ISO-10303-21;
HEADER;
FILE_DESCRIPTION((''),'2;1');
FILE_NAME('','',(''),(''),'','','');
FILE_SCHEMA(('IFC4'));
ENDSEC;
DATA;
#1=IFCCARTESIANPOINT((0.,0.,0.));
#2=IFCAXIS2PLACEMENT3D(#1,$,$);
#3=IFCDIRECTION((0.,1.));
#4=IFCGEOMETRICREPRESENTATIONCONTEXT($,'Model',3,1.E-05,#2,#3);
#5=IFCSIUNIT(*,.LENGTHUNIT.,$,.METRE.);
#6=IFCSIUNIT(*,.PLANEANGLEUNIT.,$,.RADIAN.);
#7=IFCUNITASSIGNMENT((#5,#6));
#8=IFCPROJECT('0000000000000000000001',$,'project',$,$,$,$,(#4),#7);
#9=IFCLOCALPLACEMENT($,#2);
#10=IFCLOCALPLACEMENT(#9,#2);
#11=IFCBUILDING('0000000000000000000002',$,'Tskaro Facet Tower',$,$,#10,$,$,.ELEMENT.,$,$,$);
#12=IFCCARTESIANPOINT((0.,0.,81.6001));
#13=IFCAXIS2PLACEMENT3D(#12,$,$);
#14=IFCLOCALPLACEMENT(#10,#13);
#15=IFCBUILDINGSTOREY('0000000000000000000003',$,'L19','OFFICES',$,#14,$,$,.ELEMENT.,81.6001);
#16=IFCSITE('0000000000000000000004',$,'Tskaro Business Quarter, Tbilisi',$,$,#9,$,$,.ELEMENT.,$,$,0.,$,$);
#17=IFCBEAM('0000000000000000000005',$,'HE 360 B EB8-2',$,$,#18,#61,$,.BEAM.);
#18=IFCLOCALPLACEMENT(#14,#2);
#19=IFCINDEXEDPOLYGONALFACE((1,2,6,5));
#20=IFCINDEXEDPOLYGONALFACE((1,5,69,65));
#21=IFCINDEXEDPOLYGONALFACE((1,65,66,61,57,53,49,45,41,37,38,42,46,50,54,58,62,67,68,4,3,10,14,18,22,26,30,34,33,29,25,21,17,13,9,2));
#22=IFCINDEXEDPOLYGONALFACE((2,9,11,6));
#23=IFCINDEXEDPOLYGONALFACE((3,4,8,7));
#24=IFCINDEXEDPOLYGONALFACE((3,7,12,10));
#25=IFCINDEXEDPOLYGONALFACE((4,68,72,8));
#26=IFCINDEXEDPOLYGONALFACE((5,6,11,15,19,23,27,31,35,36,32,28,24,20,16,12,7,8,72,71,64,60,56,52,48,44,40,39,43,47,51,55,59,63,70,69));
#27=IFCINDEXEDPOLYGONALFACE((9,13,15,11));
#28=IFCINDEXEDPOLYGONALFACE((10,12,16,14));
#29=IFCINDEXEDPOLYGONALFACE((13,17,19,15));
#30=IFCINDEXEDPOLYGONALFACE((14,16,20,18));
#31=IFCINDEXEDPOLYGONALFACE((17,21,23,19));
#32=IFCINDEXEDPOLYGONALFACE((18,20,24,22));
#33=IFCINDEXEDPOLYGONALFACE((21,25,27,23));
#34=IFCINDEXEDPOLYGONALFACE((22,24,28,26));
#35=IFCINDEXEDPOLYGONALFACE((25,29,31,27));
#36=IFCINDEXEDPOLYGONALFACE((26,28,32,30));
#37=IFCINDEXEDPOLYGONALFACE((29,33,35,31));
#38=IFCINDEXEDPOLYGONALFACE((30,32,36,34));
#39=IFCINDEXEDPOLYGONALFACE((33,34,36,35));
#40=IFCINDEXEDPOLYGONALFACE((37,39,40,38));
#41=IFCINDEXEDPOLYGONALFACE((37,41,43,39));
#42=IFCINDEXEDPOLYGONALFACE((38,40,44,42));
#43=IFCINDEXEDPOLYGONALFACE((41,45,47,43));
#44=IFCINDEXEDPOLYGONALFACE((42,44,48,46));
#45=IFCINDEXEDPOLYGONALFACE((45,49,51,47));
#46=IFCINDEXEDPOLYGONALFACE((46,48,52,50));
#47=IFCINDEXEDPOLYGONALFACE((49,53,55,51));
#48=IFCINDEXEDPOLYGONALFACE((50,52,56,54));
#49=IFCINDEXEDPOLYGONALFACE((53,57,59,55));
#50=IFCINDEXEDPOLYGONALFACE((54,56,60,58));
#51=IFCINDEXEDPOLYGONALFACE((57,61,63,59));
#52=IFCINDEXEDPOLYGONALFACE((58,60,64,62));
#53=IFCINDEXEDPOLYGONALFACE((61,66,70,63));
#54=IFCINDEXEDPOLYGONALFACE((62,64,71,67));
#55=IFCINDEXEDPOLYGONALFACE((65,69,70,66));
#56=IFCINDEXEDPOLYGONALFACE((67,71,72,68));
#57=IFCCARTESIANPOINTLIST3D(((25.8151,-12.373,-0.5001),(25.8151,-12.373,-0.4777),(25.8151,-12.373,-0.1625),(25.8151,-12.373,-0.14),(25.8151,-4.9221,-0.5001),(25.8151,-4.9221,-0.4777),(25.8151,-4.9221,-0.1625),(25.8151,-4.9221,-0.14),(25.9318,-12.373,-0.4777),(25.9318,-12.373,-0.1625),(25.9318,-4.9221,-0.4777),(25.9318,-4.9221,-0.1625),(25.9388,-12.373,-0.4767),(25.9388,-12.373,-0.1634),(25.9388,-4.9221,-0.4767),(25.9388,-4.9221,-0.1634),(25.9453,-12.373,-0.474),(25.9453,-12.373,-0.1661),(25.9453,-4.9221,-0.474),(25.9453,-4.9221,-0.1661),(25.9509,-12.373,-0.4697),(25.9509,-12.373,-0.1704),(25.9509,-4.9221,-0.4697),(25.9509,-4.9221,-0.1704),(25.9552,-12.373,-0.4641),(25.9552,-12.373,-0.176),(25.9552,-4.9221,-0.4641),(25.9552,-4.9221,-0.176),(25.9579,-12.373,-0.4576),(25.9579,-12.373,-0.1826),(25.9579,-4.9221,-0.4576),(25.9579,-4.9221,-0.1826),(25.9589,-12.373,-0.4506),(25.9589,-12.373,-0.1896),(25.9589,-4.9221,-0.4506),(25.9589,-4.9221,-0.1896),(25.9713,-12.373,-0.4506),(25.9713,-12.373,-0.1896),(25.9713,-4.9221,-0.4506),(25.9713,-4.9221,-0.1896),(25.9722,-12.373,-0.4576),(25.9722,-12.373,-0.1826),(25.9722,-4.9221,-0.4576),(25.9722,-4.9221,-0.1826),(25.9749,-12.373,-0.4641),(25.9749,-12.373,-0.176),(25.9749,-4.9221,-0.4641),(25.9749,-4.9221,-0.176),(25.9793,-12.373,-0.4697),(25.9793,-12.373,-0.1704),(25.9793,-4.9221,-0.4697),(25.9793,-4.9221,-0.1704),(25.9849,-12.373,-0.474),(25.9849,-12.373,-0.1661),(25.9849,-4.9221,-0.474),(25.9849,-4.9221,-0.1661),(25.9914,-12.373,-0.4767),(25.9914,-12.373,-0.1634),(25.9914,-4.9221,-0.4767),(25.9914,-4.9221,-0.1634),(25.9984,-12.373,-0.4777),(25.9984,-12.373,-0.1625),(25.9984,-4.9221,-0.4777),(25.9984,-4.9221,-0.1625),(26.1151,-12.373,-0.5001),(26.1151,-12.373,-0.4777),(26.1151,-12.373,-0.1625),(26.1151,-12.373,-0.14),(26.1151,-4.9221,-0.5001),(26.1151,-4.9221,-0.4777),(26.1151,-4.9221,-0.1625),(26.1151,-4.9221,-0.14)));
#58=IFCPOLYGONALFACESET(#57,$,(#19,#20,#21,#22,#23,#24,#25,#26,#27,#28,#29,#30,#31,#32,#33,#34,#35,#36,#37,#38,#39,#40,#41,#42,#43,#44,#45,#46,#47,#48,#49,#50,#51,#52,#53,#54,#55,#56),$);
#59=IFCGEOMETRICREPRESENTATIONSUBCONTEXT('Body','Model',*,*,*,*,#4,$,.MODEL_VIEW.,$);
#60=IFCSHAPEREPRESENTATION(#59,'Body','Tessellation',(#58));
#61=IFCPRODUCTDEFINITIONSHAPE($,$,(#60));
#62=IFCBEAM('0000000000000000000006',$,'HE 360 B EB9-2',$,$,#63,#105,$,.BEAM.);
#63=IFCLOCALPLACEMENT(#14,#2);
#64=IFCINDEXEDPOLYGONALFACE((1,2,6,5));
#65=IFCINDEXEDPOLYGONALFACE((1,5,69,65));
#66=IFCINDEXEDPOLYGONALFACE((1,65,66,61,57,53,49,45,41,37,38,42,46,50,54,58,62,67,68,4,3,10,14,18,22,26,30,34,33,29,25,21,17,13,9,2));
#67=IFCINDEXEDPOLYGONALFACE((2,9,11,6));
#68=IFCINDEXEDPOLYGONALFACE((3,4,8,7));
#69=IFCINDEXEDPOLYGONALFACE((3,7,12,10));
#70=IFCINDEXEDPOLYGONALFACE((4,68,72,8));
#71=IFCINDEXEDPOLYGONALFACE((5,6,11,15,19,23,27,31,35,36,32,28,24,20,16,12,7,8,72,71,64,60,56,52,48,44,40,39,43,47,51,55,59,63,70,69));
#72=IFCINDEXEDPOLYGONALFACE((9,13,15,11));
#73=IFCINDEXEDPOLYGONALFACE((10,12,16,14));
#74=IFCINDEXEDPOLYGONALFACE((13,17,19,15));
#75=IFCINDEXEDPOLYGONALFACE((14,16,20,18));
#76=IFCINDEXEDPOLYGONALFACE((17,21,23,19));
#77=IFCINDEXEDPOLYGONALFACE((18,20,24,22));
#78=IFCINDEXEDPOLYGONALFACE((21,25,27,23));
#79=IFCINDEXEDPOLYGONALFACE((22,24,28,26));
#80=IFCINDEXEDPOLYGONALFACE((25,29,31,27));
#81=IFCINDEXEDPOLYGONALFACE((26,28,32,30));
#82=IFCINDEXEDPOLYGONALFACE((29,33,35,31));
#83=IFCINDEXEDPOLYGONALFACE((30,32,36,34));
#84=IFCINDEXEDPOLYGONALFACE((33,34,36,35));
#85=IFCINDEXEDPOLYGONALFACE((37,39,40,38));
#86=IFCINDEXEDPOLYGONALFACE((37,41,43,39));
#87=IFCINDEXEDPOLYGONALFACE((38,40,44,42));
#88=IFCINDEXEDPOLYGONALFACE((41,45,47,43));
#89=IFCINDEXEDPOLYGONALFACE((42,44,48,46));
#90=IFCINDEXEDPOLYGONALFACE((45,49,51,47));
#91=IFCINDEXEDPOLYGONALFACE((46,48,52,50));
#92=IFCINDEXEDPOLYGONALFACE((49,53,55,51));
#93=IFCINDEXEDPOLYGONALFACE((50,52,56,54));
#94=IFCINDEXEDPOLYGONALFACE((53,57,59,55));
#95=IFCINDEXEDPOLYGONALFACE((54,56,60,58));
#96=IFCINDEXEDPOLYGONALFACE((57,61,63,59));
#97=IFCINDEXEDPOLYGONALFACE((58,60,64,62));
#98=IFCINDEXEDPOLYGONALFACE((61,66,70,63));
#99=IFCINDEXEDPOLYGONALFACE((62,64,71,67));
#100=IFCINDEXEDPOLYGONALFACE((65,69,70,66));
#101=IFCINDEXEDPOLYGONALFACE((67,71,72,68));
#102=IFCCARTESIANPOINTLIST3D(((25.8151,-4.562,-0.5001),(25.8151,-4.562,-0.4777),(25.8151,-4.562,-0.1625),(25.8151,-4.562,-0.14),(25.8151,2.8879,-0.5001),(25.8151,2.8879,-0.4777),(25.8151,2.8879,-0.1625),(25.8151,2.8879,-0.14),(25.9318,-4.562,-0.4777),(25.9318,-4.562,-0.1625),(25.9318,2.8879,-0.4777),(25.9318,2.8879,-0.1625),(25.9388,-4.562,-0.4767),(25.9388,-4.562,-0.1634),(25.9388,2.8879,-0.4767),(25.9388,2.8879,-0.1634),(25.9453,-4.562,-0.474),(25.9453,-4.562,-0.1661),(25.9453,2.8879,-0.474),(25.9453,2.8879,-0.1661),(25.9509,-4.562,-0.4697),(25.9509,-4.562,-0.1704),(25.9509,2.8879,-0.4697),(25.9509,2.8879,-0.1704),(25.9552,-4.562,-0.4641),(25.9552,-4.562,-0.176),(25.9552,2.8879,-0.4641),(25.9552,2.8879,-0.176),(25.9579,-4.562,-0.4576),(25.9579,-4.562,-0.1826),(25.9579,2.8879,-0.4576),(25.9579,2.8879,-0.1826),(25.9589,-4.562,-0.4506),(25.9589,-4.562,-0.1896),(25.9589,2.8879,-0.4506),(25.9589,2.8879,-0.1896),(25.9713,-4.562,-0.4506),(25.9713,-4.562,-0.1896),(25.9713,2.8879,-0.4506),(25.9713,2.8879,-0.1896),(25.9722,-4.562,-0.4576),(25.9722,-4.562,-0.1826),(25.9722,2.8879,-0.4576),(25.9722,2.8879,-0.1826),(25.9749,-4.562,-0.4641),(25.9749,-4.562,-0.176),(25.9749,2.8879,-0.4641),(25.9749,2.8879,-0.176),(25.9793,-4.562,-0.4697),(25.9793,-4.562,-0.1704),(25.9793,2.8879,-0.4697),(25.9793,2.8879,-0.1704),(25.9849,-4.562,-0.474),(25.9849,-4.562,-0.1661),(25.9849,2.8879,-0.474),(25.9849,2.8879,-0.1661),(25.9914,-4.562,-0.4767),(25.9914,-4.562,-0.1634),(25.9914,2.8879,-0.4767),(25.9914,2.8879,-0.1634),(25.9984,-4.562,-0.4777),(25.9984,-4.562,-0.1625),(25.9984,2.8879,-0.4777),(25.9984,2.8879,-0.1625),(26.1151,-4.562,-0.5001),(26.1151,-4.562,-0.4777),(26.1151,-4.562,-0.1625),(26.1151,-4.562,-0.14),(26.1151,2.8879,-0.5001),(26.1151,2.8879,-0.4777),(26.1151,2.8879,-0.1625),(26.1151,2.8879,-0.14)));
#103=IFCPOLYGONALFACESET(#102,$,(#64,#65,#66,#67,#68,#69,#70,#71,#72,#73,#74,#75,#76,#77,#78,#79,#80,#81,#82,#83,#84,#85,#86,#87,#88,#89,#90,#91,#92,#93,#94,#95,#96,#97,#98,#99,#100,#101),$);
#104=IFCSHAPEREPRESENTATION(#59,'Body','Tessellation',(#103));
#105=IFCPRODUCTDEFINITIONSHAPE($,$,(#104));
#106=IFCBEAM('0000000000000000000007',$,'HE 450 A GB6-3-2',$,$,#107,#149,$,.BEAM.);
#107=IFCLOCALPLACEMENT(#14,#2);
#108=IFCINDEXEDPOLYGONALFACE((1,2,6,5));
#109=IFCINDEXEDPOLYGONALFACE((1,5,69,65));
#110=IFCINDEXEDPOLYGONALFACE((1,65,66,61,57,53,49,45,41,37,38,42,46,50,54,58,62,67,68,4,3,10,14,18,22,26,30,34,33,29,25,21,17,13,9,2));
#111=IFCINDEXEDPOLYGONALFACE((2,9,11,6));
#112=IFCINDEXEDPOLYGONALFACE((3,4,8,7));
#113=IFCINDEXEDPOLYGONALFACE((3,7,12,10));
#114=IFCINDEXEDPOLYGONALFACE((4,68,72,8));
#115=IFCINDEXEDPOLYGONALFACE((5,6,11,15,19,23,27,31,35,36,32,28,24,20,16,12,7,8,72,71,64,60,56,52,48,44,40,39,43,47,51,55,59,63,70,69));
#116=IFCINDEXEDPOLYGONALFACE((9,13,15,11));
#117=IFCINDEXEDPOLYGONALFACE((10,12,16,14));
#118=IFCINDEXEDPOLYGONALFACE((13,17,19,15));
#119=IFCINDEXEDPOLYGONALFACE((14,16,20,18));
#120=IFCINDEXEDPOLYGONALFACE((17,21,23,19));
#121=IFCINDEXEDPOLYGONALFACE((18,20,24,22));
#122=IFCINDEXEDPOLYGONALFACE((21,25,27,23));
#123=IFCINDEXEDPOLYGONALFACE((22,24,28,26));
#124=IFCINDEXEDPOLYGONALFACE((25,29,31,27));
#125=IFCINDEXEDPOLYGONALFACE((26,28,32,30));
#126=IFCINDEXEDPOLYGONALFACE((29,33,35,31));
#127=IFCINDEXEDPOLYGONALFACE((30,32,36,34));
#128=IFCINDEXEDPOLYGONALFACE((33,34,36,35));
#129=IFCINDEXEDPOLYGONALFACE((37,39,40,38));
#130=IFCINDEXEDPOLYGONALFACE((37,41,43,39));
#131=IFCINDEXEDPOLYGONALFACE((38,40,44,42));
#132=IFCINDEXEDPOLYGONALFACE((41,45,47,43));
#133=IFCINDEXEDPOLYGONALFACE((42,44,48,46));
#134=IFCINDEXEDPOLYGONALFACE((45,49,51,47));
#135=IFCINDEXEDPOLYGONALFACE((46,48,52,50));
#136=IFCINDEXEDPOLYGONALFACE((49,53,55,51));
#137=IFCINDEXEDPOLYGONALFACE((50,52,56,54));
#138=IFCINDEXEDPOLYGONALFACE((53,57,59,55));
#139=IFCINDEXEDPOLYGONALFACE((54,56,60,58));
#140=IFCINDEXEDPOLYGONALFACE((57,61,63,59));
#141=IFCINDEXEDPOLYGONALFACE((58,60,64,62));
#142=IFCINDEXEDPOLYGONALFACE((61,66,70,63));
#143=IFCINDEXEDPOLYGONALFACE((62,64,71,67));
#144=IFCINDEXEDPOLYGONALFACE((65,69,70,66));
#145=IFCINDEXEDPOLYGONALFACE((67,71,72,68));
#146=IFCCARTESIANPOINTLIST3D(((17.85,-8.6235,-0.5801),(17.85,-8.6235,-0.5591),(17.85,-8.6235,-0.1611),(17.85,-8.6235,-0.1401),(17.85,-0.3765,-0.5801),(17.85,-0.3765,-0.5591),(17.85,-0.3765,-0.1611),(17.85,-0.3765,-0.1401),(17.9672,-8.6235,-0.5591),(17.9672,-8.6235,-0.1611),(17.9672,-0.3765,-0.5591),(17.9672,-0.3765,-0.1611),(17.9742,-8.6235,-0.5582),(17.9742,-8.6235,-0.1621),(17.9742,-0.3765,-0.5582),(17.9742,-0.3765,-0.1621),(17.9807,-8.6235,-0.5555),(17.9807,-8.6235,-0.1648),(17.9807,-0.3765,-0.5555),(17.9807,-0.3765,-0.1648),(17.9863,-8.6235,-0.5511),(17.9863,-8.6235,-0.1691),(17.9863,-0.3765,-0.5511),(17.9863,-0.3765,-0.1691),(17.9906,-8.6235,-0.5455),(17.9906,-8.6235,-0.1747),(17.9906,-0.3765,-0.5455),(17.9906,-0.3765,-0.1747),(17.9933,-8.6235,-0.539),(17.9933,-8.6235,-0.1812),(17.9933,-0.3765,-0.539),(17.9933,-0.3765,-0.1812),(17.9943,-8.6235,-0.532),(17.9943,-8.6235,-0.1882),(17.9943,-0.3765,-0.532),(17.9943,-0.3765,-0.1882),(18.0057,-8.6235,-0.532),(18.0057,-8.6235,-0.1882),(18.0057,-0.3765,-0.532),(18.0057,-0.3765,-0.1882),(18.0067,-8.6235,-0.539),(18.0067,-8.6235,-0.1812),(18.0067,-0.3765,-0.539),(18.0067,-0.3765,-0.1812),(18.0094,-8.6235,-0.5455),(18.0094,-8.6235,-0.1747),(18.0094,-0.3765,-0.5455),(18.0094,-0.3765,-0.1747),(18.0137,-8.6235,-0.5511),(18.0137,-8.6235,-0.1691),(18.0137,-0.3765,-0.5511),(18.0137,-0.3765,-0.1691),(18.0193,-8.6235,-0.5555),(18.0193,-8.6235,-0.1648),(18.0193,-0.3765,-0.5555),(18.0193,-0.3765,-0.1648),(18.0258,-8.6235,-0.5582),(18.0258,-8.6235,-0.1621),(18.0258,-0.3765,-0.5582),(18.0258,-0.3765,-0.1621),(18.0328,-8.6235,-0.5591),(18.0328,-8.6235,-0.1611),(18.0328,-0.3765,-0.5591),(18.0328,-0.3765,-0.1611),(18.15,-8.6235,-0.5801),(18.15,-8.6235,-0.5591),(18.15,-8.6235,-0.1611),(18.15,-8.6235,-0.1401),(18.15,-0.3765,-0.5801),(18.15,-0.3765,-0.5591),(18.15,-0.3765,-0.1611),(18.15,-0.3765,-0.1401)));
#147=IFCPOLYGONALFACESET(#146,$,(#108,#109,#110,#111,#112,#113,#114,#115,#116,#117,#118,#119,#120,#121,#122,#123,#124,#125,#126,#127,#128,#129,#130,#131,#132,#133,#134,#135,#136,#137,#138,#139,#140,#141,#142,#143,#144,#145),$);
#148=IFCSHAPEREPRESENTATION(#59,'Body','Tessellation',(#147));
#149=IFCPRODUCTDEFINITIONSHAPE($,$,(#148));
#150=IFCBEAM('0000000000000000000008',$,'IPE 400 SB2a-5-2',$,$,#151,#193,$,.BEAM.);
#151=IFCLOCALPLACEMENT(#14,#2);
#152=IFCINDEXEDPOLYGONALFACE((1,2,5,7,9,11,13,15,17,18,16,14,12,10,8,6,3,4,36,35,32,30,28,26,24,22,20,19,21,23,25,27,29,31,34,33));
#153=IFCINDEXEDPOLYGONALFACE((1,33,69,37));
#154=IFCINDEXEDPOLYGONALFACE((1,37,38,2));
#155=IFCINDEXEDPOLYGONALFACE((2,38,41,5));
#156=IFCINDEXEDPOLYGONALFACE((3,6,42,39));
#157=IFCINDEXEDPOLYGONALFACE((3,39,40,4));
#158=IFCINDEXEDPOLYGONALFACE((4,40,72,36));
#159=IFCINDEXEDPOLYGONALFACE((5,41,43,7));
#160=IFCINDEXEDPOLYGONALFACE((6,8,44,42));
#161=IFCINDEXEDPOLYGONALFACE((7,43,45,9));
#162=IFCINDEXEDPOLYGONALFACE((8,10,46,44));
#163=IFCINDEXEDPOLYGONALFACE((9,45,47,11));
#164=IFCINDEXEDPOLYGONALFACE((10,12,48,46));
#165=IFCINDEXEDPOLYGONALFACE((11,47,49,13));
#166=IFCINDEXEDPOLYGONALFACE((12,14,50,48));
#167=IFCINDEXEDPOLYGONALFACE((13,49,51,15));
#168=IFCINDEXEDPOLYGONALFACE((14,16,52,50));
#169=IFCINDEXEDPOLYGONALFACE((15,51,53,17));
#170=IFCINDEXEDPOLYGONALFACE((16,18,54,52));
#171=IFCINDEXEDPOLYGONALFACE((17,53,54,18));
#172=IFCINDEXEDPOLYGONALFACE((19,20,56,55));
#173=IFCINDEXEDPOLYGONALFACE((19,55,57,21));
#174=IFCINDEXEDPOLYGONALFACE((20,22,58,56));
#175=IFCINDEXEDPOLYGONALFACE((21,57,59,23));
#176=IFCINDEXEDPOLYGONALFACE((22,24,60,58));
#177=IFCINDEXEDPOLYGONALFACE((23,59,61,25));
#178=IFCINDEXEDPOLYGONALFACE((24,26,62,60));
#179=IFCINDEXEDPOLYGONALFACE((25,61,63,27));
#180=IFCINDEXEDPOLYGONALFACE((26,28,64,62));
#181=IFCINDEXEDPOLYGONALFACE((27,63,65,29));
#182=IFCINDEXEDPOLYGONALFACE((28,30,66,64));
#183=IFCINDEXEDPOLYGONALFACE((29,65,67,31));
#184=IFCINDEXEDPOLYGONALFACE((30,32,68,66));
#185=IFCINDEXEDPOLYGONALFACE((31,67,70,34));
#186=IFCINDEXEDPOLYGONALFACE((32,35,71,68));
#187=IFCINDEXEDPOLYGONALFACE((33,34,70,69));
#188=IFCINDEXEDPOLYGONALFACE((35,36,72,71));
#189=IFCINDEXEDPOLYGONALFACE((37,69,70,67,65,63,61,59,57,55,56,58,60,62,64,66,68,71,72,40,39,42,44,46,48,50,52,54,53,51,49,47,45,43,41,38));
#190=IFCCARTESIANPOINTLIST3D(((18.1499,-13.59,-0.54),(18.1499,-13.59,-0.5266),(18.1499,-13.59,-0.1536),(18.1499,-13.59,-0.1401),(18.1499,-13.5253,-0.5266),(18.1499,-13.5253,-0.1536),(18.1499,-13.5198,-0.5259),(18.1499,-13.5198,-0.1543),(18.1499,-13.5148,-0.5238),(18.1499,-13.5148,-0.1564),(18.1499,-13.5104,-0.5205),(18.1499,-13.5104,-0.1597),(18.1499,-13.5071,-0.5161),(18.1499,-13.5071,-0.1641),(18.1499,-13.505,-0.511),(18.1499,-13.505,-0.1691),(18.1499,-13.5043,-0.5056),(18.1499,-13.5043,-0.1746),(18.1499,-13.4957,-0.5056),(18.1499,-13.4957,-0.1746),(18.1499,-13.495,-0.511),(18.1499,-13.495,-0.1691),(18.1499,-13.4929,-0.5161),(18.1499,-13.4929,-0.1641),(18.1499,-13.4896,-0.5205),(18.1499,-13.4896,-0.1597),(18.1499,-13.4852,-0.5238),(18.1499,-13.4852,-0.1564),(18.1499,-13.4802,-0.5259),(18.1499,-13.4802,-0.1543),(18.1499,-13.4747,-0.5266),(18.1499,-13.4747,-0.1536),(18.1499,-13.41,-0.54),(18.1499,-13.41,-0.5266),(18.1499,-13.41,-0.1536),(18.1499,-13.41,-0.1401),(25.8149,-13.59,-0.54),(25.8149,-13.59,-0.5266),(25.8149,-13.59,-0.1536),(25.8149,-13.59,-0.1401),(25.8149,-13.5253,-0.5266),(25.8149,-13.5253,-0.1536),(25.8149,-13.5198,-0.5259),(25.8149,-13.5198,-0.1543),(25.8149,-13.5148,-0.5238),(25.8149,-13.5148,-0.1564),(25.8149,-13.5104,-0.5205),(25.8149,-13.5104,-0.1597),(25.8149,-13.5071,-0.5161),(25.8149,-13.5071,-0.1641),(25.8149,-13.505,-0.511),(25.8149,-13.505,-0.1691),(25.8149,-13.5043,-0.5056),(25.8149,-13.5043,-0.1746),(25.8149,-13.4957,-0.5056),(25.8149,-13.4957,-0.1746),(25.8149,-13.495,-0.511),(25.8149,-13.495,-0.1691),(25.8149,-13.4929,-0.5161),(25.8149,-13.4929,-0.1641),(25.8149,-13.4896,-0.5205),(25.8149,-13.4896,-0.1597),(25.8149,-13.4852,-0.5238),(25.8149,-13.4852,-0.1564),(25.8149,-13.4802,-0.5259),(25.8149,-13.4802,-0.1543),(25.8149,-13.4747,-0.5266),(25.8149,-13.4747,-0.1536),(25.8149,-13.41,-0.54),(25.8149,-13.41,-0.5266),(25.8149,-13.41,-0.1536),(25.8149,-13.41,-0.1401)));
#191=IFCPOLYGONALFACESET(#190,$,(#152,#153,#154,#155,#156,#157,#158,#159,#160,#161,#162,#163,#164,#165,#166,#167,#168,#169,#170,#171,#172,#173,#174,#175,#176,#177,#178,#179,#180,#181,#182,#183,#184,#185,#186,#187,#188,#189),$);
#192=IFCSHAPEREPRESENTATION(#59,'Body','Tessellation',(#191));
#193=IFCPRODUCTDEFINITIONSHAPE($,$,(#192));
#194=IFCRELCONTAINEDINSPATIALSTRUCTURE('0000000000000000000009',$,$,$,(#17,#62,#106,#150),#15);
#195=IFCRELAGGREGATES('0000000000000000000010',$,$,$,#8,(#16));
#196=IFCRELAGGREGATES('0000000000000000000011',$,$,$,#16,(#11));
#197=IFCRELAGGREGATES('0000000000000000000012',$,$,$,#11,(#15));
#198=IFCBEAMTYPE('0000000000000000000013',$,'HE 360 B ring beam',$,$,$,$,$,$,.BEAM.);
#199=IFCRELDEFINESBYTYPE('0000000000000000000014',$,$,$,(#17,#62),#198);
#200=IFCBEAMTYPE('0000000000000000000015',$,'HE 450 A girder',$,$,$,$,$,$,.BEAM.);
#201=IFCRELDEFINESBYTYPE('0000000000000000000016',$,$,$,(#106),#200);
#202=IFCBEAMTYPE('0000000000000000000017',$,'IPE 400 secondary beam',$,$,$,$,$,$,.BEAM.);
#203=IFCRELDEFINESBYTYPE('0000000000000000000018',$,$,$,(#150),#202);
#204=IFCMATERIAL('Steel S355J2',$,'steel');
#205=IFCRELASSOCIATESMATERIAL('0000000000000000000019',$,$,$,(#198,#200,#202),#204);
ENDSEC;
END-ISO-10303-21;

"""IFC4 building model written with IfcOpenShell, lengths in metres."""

from ifc_helpers import new_model, si_unit, direction, frame, origin, origin_2d, place, context, subcontext, project, spatial, i_section, extrude, material, material_profile, profile_set, type_object, element, save


model = new_model("IFC4")

# Units and contexts
model_context = context("Model", 3, precision=1e-05, world=origin(), true_north=direction((0.0, 1.0)))
body_context = subcontext(model_context, "Body", "Model", "MODEL_VIEW")
ifc_project = project(units=[si_unit("LENGTHUNIT", "METRE"), si_unit("PLANEANGLEUNIT", "RADIAN")], contexts=[model_context])

# Site, building, storey
site_placement = place(None, origin())
site = spatial("IfcSite", under=ifc_project, at=site_placement, Name="Tskaro Business Quarter, Tbilisi", CompositionType="ELEMENT", RefElevation=0.0)
building_placement = place(site_placement, origin())
building = spatial("IfcBuilding", under=site, at=building_placement, Name="Tskaro Facet Tower", CompositionType="ELEMENT")
storey_placement = place(building_placement, frame((0.0, 0.0, 81.6001)))
storey = spatial("IfcBuildingStorey", under=building, at=storey_placement, Name="L19", Description="OFFICES", CompositionType="ELEMENT", Elevation=81.6001)

# Beams
ifc_material_1 = material(Name="Steel S355J2", Category="steel")
ifc_material_profile_1 = material_profile(ifc_material_1, i_section(OverallWidth=0.3, OverallDepth=0.3601, WebThickness=0.0125, FlangeThickness=0.0225, FilletRadius=0.0271, at=origin_2d()), Name="HE 360 B")
ifc_profile_set_1 = profile_set([ifc_material_profile_1], Name="Steel S355J2")
beam_type_1 = type_object("IfcBeamType", Name="HE 360 B ring beam", PredefinedType="BEAM", material=ifc_profile_set_1)
beam_1_placement = place(storey_placement, frame((25.9651, -12.373, -0.3201), z_axis=(0.0, 1.0, 0.0), x_axis=(-1.0, 0.0, 0.0)))
element("IfcBeam", 1, at=beam_1_placement, inside=storey, type_object=beam_type_1, Name="HE 360 B EB8-2", PredefinedType="BEAM", context=body_context, shape_type="SweptSolid", body=[
    extrude(i_section(OverallWidth=0.3, OverallDepth=0.3601, WebThickness=0.0125, FlangeThickness=0.0225, FilletRadius=0.0271, at=origin_2d()), origin(), (0.0, 0.0, 1.0), 7.4509),
])
beam_2_placement = place(storey_placement, frame((25.9651, -4.562, -0.3201), z_axis=(0.0, 1.0, 0.0), x_axis=(-1.0, 0.0, 0.0)))
element("IfcBeam", 2, at=beam_2_placement, inside=storey, type_object=beam_type_1, Name="HE 360 B EB9-2", PredefinedType="BEAM", context=body_context, shape_type="SweptSolid", body=[
    extrude(i_section(OverallWidth=0.3, OverallDepth=0.3601, WebThickness=0.0125, FlangeThickness=0.0225, FilletRadius=0.0271, at=origin_2d()), origin(), (0.0, 0.0, 1.0), 7.45),
])
ifc_material_profile_2 = material_profile(ifc_material_1, i_section(OverallWidth=0.3, OverallDepth=0.4399, WebThickness=0.0115, FlangeThickness=0.021, FilletRadius=0.0271, at=origin_2d()), Name="HE 450 A")
ifc_profile_set_2 = profile_set([ifc_material_profile_2], Name="Steel S355J2")
beam_type_2 = type_object("IfcBeamType", Name="HE 450 A girder", PredefinedType="BEAM", material=ifc_profile_set_2)
beam_3_placement = place(storey_placement, frame((18.0, -8.6235, -0.3601), z_axis=(0.0, 1.0, 0.0), x_axis=(-1.0, 0.0, 0.0)))
element("IfcBeam", 3, at=beam_3_placement, inside=storey, type_object=beam_type_2, Name="HE 450 A GB6-3-2", PredefinedType="BEAM", context=body_context, shape_type="SweptSolid", body=[
    extrude(i_section(OverallWidth=0.3, OverallDepth=0.4399, WebThickness=0.0115, FlangeThickness=0.021, FilletRadius=0.0271, at=origin_2d()), origin(), (0.0, 0.0, 1.0), 8.2471),
])
ifc_material_profile_3 = material_profile(ifc_material_1, i_section(OverallWidth=0.1799, OverallDepth=0.3999, WebThickness=0.0085, FlangeThickness=0.0134, FilletRadius=0.021, at=origin_2d()), Name="IPE 400")
ifc_profile_set_3 = profile_set([ifc_material_profile_3], Name="Steel S355J2")
beam_type_3 = type_object("IfcBeamType", Name="IPE 400 secondary beam", PredefinedType="BEAM", material=ifc_profile_set_3)
for number, where, z_axis, x_axis, name in (
    (4, (18.1499, -13.5, -0.3401), (1.0, 0.0, 0.0), (0.0, 1.0, 0.0), "IPE 400 SB2a-5-2"),
):
    element("IfcBeam", number, at=place(storey_placement, frame(where, z_axis=z_axis, x_axis=x_axis)), inside=storey, type_object=beam_type_3, Name=name, PredefinedType="BEAM", context=body_context, shape_type="SweptSolid", body=[
        extrude(i_section(OverallWidth=0.1799, OverallDepth=0.3999, WebThickness=0.0085, FlangeThickness=0.0134, FilletRadius=0.021, at=origin_2d()), origin(), (0.0, 0.0, 1.0), 7.665),
    ])

save(model, "model.ifc")
